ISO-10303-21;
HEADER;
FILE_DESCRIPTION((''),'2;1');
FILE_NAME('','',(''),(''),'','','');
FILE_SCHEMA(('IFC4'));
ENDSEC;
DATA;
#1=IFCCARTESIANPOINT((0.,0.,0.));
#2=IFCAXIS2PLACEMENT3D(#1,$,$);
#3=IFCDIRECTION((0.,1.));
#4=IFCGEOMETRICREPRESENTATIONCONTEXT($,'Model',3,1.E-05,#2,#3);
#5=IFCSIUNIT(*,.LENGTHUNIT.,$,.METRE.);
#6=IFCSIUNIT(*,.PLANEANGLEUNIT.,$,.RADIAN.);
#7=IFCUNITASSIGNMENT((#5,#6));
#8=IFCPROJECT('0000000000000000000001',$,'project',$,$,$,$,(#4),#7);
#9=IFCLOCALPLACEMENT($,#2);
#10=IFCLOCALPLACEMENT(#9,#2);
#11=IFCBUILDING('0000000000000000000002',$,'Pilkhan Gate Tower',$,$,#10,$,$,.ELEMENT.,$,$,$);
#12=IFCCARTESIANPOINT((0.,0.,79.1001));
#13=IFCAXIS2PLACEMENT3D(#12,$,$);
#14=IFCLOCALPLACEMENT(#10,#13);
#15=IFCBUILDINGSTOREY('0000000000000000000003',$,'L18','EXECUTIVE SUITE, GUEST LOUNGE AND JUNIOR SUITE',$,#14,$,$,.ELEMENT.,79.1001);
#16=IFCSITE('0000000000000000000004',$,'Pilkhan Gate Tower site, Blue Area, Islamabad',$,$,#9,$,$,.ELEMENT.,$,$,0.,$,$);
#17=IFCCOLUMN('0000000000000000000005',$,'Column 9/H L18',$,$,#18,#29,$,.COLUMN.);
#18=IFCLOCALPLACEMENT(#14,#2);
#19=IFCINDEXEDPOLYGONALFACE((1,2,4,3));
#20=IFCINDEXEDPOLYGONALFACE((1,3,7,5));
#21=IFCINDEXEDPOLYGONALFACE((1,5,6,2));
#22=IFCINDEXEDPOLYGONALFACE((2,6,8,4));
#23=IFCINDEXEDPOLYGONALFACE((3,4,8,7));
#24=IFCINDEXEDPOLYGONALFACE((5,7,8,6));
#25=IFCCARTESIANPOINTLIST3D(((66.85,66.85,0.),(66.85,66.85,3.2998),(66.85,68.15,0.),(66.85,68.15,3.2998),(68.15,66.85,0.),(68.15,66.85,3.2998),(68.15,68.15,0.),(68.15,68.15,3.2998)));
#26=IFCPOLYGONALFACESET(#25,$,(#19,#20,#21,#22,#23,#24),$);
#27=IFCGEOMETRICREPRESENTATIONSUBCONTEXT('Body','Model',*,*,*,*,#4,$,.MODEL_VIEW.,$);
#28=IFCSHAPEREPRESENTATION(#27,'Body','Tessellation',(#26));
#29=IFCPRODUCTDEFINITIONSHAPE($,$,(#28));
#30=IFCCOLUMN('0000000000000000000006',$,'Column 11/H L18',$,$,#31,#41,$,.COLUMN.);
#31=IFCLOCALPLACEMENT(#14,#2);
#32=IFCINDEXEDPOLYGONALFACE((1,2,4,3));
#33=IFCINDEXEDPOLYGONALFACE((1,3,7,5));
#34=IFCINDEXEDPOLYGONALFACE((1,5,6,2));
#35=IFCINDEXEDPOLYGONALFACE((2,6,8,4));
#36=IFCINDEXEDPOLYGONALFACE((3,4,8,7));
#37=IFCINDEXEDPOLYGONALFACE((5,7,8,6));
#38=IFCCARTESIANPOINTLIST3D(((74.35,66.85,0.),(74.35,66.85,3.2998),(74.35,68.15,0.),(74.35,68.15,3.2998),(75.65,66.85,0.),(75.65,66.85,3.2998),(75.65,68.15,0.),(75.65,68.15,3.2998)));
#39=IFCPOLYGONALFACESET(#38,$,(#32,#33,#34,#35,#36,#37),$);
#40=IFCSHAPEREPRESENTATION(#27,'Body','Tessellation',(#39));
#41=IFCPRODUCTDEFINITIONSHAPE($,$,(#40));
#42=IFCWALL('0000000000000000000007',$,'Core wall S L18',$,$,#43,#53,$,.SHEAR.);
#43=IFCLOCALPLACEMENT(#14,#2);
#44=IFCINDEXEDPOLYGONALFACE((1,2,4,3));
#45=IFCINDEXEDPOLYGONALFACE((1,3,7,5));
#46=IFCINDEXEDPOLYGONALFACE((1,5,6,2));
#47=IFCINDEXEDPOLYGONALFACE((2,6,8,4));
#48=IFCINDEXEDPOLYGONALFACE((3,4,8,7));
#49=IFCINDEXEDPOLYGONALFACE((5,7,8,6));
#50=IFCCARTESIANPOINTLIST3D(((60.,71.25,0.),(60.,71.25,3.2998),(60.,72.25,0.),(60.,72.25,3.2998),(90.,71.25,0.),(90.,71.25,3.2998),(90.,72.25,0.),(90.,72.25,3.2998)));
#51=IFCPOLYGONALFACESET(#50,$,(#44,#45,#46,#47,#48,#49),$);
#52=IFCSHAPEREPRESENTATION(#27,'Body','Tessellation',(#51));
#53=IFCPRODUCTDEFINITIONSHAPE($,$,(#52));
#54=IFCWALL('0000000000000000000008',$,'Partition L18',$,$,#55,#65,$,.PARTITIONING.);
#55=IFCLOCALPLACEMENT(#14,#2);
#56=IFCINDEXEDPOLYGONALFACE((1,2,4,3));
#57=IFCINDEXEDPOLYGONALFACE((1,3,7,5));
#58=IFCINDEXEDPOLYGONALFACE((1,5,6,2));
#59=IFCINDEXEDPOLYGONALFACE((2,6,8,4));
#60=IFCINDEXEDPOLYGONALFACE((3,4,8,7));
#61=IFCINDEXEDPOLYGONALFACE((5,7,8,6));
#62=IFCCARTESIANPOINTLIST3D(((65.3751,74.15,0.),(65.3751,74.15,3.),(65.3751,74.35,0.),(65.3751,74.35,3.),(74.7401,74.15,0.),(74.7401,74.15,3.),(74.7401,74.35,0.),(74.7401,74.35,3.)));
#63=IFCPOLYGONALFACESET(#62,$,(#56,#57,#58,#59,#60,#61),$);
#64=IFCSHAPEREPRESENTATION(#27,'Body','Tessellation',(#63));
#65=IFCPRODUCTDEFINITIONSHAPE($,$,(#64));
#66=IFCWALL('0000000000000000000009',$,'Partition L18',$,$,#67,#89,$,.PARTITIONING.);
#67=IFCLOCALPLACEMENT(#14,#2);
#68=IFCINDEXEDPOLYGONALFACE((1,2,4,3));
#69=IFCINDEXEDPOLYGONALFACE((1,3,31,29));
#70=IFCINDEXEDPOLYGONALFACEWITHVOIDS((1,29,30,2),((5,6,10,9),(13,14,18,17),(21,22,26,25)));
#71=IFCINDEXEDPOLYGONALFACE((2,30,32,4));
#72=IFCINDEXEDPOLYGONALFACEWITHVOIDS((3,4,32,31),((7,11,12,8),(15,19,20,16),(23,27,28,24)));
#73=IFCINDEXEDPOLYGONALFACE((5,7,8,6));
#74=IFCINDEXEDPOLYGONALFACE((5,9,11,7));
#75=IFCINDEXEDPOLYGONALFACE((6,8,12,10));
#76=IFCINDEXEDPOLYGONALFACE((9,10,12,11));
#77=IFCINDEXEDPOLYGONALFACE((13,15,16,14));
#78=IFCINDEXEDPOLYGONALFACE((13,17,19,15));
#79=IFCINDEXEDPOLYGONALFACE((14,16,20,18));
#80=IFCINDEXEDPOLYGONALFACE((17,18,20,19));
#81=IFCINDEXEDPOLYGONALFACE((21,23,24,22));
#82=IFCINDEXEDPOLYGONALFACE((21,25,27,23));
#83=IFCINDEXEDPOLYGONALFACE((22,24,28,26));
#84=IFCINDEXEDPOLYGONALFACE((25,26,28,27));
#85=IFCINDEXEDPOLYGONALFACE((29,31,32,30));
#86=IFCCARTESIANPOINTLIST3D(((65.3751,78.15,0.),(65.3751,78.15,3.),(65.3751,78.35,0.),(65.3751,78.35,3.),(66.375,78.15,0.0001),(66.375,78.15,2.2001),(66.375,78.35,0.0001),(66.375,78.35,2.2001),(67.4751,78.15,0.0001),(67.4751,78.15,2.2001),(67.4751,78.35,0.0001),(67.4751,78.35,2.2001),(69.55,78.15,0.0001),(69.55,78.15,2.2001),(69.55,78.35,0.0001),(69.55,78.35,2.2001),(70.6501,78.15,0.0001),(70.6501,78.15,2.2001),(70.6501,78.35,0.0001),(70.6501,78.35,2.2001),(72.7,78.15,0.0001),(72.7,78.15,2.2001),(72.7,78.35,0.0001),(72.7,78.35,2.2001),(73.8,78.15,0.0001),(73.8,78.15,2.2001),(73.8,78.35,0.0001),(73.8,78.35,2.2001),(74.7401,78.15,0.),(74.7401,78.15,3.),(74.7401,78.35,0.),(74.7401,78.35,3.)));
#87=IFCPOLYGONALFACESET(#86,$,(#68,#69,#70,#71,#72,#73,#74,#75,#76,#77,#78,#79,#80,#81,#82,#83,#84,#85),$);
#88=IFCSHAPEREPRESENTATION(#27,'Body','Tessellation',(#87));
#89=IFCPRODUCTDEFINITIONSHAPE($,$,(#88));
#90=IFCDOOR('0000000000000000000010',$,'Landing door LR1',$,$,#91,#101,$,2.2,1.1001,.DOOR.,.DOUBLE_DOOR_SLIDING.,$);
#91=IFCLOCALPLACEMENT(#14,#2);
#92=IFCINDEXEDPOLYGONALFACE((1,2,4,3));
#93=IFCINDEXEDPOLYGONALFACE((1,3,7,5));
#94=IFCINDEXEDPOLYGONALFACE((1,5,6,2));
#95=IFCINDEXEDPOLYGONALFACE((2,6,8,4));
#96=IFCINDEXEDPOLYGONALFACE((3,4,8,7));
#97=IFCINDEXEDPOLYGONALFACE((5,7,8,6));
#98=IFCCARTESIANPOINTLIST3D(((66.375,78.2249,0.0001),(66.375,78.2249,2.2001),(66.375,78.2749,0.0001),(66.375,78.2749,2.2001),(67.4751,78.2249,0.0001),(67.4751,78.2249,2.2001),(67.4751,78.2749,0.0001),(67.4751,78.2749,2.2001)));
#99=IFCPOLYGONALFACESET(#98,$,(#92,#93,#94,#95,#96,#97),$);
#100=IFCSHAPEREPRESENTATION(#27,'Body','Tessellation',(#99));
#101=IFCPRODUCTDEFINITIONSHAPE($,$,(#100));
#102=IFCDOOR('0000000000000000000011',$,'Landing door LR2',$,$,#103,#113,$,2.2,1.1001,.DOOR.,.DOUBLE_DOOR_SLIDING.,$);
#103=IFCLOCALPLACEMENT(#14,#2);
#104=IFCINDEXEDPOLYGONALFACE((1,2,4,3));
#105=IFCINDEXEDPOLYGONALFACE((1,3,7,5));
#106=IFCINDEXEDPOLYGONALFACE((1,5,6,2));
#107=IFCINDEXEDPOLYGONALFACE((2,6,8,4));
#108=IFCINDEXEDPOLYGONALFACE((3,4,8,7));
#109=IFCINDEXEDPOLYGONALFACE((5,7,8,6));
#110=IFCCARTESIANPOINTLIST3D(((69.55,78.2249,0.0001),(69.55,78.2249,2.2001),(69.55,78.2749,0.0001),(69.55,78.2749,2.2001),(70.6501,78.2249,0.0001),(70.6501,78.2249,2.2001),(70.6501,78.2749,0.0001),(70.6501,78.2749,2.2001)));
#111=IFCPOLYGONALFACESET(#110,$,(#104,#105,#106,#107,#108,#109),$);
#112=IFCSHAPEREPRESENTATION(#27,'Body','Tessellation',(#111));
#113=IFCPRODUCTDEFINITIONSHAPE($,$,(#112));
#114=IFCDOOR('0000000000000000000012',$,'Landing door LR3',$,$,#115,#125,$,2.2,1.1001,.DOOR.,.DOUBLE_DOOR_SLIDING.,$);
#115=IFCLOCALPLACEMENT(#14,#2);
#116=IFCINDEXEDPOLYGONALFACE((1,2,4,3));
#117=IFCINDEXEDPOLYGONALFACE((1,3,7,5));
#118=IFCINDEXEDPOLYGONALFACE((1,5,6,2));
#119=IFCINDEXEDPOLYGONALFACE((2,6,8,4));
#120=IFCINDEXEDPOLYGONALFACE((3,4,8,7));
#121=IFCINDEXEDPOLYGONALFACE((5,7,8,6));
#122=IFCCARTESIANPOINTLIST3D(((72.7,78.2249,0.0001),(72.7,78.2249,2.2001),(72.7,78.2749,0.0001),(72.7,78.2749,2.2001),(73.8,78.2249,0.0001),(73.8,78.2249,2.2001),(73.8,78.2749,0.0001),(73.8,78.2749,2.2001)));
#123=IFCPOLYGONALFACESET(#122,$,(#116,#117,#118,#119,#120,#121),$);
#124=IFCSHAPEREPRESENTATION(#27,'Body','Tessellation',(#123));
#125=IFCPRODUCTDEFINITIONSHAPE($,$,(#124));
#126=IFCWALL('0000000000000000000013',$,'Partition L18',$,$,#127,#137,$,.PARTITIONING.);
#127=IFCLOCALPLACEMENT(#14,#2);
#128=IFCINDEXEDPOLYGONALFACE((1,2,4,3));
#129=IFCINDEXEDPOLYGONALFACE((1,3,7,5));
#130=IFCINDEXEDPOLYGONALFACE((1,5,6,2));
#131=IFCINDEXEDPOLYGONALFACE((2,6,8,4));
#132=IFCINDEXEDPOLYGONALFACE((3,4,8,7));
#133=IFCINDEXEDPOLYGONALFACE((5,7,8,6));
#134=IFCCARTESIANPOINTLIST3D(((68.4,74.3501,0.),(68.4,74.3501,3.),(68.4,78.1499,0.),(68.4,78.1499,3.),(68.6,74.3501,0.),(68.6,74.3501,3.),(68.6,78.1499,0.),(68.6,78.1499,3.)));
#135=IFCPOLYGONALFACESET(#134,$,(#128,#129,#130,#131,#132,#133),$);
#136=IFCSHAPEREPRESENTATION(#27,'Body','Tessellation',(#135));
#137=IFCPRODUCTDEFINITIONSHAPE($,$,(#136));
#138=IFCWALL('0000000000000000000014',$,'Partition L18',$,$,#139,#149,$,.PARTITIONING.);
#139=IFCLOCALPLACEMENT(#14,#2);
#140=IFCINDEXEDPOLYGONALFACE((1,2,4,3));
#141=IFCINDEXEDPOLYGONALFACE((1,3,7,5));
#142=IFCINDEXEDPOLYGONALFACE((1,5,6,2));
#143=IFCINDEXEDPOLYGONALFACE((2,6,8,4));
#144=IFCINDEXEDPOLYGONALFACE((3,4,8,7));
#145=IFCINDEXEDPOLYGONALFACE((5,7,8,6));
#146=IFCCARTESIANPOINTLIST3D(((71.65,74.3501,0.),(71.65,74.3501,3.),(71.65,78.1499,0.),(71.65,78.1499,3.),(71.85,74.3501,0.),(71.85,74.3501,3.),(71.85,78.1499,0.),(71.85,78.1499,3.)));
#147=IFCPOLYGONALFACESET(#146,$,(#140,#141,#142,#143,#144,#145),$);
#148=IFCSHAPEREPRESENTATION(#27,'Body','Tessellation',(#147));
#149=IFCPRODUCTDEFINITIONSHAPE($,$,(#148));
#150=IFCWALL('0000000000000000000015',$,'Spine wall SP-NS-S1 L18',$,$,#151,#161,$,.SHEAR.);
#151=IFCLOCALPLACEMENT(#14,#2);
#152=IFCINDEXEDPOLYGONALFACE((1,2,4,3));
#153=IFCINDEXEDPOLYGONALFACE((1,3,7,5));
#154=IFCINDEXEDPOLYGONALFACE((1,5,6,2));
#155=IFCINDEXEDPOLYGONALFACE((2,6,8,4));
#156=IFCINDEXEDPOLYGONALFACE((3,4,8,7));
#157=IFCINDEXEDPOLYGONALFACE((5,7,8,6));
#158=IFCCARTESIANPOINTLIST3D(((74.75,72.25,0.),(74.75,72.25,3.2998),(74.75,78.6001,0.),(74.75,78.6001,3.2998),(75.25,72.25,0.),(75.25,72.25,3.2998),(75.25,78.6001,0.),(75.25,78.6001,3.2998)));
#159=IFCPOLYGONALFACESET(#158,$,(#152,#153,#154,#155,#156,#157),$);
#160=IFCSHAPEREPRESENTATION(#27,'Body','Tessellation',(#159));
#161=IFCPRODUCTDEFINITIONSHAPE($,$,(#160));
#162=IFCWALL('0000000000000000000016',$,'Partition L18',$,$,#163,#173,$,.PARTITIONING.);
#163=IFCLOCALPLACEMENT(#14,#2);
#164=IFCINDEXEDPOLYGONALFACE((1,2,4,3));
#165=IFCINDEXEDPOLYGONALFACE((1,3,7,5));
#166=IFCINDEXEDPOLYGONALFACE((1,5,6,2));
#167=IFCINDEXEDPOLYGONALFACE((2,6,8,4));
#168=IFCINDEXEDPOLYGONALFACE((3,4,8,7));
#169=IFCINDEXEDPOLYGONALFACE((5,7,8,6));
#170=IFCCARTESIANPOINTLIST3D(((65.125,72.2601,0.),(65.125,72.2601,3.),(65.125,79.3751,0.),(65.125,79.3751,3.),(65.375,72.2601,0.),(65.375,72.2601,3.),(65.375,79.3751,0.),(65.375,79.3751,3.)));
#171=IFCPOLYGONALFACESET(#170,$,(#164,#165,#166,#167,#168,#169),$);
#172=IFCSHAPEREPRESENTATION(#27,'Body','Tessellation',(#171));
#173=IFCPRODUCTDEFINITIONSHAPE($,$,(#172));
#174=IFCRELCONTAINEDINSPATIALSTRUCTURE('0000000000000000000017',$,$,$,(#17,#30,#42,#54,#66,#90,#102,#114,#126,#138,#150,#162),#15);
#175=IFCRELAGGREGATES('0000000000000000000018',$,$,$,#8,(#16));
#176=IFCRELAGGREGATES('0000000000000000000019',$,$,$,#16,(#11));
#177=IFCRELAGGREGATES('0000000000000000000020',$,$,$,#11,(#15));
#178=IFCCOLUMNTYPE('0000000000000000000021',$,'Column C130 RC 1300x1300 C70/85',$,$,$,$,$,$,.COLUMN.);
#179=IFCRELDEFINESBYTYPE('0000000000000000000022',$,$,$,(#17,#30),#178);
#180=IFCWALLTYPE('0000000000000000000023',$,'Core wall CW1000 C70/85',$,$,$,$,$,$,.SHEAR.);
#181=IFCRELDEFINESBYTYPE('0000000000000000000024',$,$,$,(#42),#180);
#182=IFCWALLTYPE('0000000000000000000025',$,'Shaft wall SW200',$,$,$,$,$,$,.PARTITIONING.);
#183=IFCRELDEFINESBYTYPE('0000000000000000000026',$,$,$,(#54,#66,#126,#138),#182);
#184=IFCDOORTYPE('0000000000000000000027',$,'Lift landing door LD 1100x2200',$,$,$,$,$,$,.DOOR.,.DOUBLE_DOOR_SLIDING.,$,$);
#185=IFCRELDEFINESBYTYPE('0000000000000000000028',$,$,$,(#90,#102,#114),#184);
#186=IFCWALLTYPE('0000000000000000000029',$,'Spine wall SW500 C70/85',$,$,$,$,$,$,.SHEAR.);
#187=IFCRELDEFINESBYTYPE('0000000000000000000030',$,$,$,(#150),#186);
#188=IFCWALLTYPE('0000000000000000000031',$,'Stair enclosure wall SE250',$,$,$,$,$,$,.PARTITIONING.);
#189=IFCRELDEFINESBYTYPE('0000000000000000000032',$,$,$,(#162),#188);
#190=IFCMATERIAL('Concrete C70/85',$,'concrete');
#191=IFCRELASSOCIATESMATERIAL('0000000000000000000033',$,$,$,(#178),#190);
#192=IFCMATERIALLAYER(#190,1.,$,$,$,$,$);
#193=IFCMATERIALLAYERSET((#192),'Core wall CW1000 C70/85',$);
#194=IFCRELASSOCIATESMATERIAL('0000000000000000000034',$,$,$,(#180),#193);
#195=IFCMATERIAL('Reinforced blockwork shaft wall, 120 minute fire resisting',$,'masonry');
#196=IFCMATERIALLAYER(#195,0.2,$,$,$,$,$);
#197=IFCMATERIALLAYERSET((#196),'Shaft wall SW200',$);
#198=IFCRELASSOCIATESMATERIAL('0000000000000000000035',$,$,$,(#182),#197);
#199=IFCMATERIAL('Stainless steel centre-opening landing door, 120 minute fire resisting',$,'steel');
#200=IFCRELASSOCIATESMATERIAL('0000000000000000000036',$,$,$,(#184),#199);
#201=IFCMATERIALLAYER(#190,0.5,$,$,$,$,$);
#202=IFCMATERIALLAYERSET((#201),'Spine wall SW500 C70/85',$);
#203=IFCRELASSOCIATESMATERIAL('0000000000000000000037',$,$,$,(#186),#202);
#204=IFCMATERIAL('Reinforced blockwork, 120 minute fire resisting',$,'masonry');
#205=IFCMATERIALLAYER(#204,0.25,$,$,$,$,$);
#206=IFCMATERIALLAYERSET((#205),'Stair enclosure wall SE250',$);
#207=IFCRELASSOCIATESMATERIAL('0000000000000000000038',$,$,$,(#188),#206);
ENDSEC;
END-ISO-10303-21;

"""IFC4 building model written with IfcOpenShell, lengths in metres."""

from ifc_helpers import new_model, si_unit, direction, frame, frame_2d, origin, origin_2d, place, context, subcontext, project, spatial, rectangle, extrude, material, layer, layer_set, material_profile, profile_set, type_object, element, fill, save


model = new_model("IFC4")

# Units and contexts
model_context = context("Model", 3, precision=1e-05, world=origin(), true_north=direction((0.0, 1.0)))
body_context = subcontext(model_context, "Body", "Model", "MODEL_VIEW")
ifc_project = project(units=[si_unit("LENGTHUNIT", "METRE"), si_unit("PLANEANGLEUNIT", "RADIAN")], contexts=[model_context])

# Site, building, storey
site_placement = place(None, origin())
site = spatial("IfcSite", under=ifc_project, at=site_placement, Name="Pilkhan Gate Tower site, Blue Area, Islamabad", CompositionType="ELEMENT", RefElevation=0.0)
building_placement = place(site_placement, origin())
building = spatial("IfcBuilding", under=site, at=building_placement, Name="Pilkhan Gate Tower", CompositionType="ELEMENT")
storey_placement = place(building_placement, frame((0.0, 0.0, 79.1001)))
storey = spatial("IfcBuildingStorey", under=building, at=storey_placement, Name="L18", Description="EXECUTIVE SUITE, GUEST LOUNGE AND JUNIOR SUITE", CompositionType="ELEMENT", Elevation=79.1001)

# Columns
ifc_material_1 = material(Name="Concrete C70/85", Category="concrete")
ifc_material_profile = material_profile(ifc_material_1, rectangle(XDim=1.3, YDim=1.3, at=origin_2d()), Name="RC 1300x1300")
ifc_profile_set = profile_set([ifc_material_profile], Name="Concrete C70/85")
column_type = type_object("IfcColumnType", Name="Column C130 RC 1300x1300 C70/85", PredefinedType="COLUMN", material=ifc_profile_set)
for number, where, z_axis, x_axis, name in (
    (1, (67.5, 67.5, 0.0), (0.0, 0.0, 1.0), (1.0, 0.0, 0.0), "Column 9/H L18"),
    (2, (75.0, 67.5, 0.0), (0.0, 0.0, 1.0), (1.0, 0.0, 0.0), "Column 11/H L18"),
):
    element("IfcColumn", number, at=place(storey_placement, frame(where, z_axis=z_axis, x_axis=x_axis)), inside=storey, type_object=column_type, Name=name, PredefinedType="COLUMN", context=body_context, shape_type="SweptSolid", body=[
        extrude(rectangle(XDim=1.3, YDim=1.3, at=origin_2d()), origin(), (0.0, 0.0, 1.0), 3.2998),
    ])

# Walls
ifc_layer_1 = layer(ifc_material_1, 1.0)
ifc_layer_set_1 = layer_set([ifc_layer_1], Name="Core wall CW1000 C70/85")
wall_type_1 = type_object("IfcWallType", Name="Core wall CW1000 C70/85", PredefinedType="SHEAR", material=ifc_layer_set_1)
wall_1_placement = place(storey_placement, frame((60.0, 71.75, 0.0), z_axis=(0.0, 0.0, 1.0), x_axis=(1.0, 0.0, 0.0)))
element("IfcWall", 3, at=wall_1_placement, inside=storey, type_object=wall_type_1, Name="Core wall S L18", PredefinedType="SHEAR", context=body_context, shape_type="SweptSolid", body=[
    extrude(rectangle(XDim=30.0, YDim=1.0, at=frame_2d((15.0, 0.0))), origin(), (0.0, 0.0, 1.0), 3.2998),
])
ifc_material_2 = material(Name="Reinforced blockwork shaft wall, 120 minute fire resisting", Category="masonry")
ifc_layer_2 = layer(ifc_material_2, 0.2)
ifc_layer_set_2 = layer_set([ifc_layer_2], Name="Shaft wall SW200")
wall_type_2 = type_object("IfcWallType", Name="Shaft wall SW200", PredefinedType="PARTITIONING", material=ifc_layer_set_2)
wall_2_placement = place(storey_placement, frame((65.375, 74.25, 0.0), z_axis=(0.0, 0.0, 1.0), x_axis=(1.0, 0.0, 0.0)))
element("IfcWall", 4, at=wall_2_placement, inside=storey, type_object=wall_type_2, Name="Partition L18", PredefinedType="PARTITIONING", context=body_context, shape_type="SweptSolid", body=[
    extrude(rectangle(XDim=9.365, YDim=0.2, at=frame_2d((4.6826, 0.0))), origin(), (0.0, 0.0, 1.0), 3.0),
])

# Wall, openings, doors
wall_3_placement = place(storey_placement, frame((65.375, 78.25, 0.0), z_axis=(0.0, 0.0, 1.0), x_axis=(1.0, 0.0, 0.0)))
wall_3 = element("IfcWall", 5, at=wall_3_placement, inside=storey, type_object=wall_type_2, Name="Partition L18", PredefinedType="PARTITIONING", context=body_context, shape_type="SweptSolid", body=[
    extrude(rectangle(XDim=9.365, YDim=0.2, at=frame_2d((4.6826, 0.0))), origin(), (0.0, 0.0, 1.0), 3.0),
])
opening_1_placement = place(wall_3_placement, frame((1.0, 0.0, 0.0)))
opening_1 = element("IfcOpeningElement", 6, at=opening_1_placement, cuts=wall_3, PredefinedType="OPENING", context=body_context, shape_type="SweptSolid", body=[
    extrude(rectangle(XDim=1.1001, YDim=2.2, at=frame_2d((0.55, 1.1001))), frame((0.0, 0.1099, 0.0), z_axis=(0.0, -1.0, 0.0), x_axis=(1.0, 0.0, 0.0)), (0.0, 0.0, 1.0), 0.22),
])
opening_2_placement = place(wall_3_placement, frame((4.175, 0.0, 0.0)))
opening_2 = element("IfcOpeningElement", 7, at=opening_2_placement, cuts=wall_3, PredefinedType="OPENING", context=body_context, shape_type="SweptSolid", body=[
    extrude(rectangle(XDim=1.1001, YDim=2.2, at=frame_2d((0.55, 1.1001))), frame((0.0, 0.1099, 0.0), z_axis=(0.0, -1.0, 0.0), x_axis=(1.0, 0.0, 0.0)), (0.0, 0.0, 1.0), 0.22),
])
opening_3_placement = place(wall_3_placement, frame((7.325, 0.0, 0.0)))
opening_3 = element("IfcOpeningElement", 8, at=opening_3_placement, cuts=wall_3, PredefinedType="OPENING", context=body_context, shape_type="SweptSolid", body=[
    extrude(rectangle(XDim=1.1001, YDim=2.2, at=frame_2d((0.55, 1.1001))), frame((0.0, 0.1099, 0.0), z_axis=(0.0, -1.0, 0.0), x_axis=(1.0, 0.0, 0.0)), (0.0, 0.0, 1.0), 0.22),
])
ifc_material_3 = material(Name="Stainless steel centre-opening landing door, 120 minute fire resisting", Category="steel")
door_type = type_object("IfcDoorType", Name="Lift landing door LD 1100x2200", OperationType="DOUBLE_DOOR_SLIDING", PredefinedType="DOOR", material=ifc_material_3)
door_1_placement = place(opening_1_placement, origin())
door_1 = element("IfcDoor", 9, at=door_1_placement, inside=storey, type_object=door_type, Name="Landing door LR1", OperationType="DOUBLE_DOOR_SLIDING", OverallHeight=2.2, OverallWidth=1.1001, PredefinedType="DOOR", context=body_context, shape_type="SweptSolid", body=[
    extrude(rectangle(XDim=1.1001, YDim=2.2, at=frame_2d((0.55, 1.1001))), frame((0.0, 0.0249, 0.0), z_axis=(0.0, -1.0, 0.0), x_axis=(1.0, 0.0, 0.0)), (0.0, 0.0, 1.0), 0.05),
])
fill(opening_1, door_1)
door_2_placement = place(opening_2_placement, origin())
door_2 = element("IfcDoor", 10, at=door_2_placement, inside=storey, type_object=door_type, Name="Landing door LR2", OperationType="DOUBLE_DOOR_SLIDING", OverallHeight=2.2, OverallWidth=1.1001, PredefinedType="DOOR", context=body_context, shape_type="SweptSolid", body=[
    extrude(rectangle(XDim=1.1001, YDim=2.2, at=frame_2d((0.55, 1.1001))), frame((0.0, 0.0249, 0.0), z_axis=(0.0, -1.0, 0.0), x_axis=(1.0, 0.0, 0.0)), (0.0, 0.0, 1.0), 0.05),
])
fill(opening_2, door_2)
door_3_placement = place(opening_3_placement, origin())
door_3 = element("IfcDoor", 11, at=door_3_placement, inside=storey, type_object=door_type, Name="Landing door LR3", OperationType="DOUBLE_DOOR_SLIDING", OverallHeight=2.2, OverallWidth=1.1001, PredefinedType="DOOR", context=body_context, shape_type="SweptSolid", body=[
    extrude(rectangle(XDim=1.1001, YDim=2.2, at=frame_2d((0.55, 1.1001))), frame((0.0, 0.0249, 0.0), z_axis=(0.0, -1.0, 0.0), x_axis=(1.0, 0.0, 0.0)), (0.0, 0.0, 1.0), 0.05),
])
fill(opening_3, door_3)

# Walls
for number, where, z_axis, x_axis, name in (
    (12, (68.5, 74.3501, 0.0), (0.0, 0.0, 1.0), (0.0, 1.0, 0.0), "Partition L18"),
    (13, (71.75, 74.3501, 0.0), (0.0, 0.0, 1.0), (0.0, 1.0, 0.0), "Partition L18"),
):
    element("IfcWall", number, at=place(storey_placement, frame(where, z_axis=z_axis, x_axis=x_axis)), inside=storey, type_object=wall_type_2, Name=name, PredefinedType="PARTITIONING", context=body_context, shape_type="SweptSolid", body=[
        extrude(rectangle(XDim=3.7998, YDim=0.2, at=frame_2d((1.8999, 0.0))), origin(), (0.0, 0.0, 1.0), 3.0),
    ])
ifc_layer_3 = layer(ifc_material_1, 0.5)
ifc_layer_set_3 = layer_set([ifc_layer_3], Name="Spine wall SW500 C70/85")
wall_type_3 = type_object("IfcWallType", Name="Spine wall SW500 C70/85", PredefinedType="SHEAR", material=ifc_layer_set_3)
wall_4_placement = place(storey_placement, frame((75.0, 72.25, 0.0), z_axis=(0.0, 0.0, 1.0), x_axis=(0.0, 1.0, 0.0)))
element("IfcWall", 14, at=wall_4_placement, inside=storey, type_object=wall_type_3, Name="Spine wall SP-NS-S1 L18", PredefinedType="SHEAR", context=body_context, shape_type="SweptSolid", body=[
    extrude(rectangle(XDim=6.3501, YDim=0.5, at=frame_2d((3.175, 0.0))), origin(), (0.0, 0.0, 1.0), 3.2998),
])
ifc_material_4 = material(Name="Reinforced blockwork, 120 minute fire resisting", Category="masonry")
ifc_layer_4 = layer(ifc_material_4, 0.25)
ifc_layer_set_4 = layer_set([ifc_layer_4], Name="Stair enclosure wall SE250")
wall_type_4 = type_object("IfcWallType", Name="Stair enclosure wall SE250", PredefinedType="PARTITIONING", material=ifc_layer_set_4)
wall_5_placement = place(storey_placement, frame((65.25, 72.26, 0.0), z_axis=(0.0, 0.0, 1.0), x_axis=(0.0, 1.0, 0.0)))
element("IfcWall", 15, at=wall_5_placement, inside=storey, type_object=wall_type_4, Name="Partition L18", PredefinedType="PARTITIONING", context=body_context, shape_type="SweptSolid", body=[
    extrude(rectangle(XDim=7.115, YDim=0.25, at=frame_2d((3.5576, 0.0))), origin(), (0.0, 0.0, 1.0), 3.0),
])

save(model, "model.ifc")
